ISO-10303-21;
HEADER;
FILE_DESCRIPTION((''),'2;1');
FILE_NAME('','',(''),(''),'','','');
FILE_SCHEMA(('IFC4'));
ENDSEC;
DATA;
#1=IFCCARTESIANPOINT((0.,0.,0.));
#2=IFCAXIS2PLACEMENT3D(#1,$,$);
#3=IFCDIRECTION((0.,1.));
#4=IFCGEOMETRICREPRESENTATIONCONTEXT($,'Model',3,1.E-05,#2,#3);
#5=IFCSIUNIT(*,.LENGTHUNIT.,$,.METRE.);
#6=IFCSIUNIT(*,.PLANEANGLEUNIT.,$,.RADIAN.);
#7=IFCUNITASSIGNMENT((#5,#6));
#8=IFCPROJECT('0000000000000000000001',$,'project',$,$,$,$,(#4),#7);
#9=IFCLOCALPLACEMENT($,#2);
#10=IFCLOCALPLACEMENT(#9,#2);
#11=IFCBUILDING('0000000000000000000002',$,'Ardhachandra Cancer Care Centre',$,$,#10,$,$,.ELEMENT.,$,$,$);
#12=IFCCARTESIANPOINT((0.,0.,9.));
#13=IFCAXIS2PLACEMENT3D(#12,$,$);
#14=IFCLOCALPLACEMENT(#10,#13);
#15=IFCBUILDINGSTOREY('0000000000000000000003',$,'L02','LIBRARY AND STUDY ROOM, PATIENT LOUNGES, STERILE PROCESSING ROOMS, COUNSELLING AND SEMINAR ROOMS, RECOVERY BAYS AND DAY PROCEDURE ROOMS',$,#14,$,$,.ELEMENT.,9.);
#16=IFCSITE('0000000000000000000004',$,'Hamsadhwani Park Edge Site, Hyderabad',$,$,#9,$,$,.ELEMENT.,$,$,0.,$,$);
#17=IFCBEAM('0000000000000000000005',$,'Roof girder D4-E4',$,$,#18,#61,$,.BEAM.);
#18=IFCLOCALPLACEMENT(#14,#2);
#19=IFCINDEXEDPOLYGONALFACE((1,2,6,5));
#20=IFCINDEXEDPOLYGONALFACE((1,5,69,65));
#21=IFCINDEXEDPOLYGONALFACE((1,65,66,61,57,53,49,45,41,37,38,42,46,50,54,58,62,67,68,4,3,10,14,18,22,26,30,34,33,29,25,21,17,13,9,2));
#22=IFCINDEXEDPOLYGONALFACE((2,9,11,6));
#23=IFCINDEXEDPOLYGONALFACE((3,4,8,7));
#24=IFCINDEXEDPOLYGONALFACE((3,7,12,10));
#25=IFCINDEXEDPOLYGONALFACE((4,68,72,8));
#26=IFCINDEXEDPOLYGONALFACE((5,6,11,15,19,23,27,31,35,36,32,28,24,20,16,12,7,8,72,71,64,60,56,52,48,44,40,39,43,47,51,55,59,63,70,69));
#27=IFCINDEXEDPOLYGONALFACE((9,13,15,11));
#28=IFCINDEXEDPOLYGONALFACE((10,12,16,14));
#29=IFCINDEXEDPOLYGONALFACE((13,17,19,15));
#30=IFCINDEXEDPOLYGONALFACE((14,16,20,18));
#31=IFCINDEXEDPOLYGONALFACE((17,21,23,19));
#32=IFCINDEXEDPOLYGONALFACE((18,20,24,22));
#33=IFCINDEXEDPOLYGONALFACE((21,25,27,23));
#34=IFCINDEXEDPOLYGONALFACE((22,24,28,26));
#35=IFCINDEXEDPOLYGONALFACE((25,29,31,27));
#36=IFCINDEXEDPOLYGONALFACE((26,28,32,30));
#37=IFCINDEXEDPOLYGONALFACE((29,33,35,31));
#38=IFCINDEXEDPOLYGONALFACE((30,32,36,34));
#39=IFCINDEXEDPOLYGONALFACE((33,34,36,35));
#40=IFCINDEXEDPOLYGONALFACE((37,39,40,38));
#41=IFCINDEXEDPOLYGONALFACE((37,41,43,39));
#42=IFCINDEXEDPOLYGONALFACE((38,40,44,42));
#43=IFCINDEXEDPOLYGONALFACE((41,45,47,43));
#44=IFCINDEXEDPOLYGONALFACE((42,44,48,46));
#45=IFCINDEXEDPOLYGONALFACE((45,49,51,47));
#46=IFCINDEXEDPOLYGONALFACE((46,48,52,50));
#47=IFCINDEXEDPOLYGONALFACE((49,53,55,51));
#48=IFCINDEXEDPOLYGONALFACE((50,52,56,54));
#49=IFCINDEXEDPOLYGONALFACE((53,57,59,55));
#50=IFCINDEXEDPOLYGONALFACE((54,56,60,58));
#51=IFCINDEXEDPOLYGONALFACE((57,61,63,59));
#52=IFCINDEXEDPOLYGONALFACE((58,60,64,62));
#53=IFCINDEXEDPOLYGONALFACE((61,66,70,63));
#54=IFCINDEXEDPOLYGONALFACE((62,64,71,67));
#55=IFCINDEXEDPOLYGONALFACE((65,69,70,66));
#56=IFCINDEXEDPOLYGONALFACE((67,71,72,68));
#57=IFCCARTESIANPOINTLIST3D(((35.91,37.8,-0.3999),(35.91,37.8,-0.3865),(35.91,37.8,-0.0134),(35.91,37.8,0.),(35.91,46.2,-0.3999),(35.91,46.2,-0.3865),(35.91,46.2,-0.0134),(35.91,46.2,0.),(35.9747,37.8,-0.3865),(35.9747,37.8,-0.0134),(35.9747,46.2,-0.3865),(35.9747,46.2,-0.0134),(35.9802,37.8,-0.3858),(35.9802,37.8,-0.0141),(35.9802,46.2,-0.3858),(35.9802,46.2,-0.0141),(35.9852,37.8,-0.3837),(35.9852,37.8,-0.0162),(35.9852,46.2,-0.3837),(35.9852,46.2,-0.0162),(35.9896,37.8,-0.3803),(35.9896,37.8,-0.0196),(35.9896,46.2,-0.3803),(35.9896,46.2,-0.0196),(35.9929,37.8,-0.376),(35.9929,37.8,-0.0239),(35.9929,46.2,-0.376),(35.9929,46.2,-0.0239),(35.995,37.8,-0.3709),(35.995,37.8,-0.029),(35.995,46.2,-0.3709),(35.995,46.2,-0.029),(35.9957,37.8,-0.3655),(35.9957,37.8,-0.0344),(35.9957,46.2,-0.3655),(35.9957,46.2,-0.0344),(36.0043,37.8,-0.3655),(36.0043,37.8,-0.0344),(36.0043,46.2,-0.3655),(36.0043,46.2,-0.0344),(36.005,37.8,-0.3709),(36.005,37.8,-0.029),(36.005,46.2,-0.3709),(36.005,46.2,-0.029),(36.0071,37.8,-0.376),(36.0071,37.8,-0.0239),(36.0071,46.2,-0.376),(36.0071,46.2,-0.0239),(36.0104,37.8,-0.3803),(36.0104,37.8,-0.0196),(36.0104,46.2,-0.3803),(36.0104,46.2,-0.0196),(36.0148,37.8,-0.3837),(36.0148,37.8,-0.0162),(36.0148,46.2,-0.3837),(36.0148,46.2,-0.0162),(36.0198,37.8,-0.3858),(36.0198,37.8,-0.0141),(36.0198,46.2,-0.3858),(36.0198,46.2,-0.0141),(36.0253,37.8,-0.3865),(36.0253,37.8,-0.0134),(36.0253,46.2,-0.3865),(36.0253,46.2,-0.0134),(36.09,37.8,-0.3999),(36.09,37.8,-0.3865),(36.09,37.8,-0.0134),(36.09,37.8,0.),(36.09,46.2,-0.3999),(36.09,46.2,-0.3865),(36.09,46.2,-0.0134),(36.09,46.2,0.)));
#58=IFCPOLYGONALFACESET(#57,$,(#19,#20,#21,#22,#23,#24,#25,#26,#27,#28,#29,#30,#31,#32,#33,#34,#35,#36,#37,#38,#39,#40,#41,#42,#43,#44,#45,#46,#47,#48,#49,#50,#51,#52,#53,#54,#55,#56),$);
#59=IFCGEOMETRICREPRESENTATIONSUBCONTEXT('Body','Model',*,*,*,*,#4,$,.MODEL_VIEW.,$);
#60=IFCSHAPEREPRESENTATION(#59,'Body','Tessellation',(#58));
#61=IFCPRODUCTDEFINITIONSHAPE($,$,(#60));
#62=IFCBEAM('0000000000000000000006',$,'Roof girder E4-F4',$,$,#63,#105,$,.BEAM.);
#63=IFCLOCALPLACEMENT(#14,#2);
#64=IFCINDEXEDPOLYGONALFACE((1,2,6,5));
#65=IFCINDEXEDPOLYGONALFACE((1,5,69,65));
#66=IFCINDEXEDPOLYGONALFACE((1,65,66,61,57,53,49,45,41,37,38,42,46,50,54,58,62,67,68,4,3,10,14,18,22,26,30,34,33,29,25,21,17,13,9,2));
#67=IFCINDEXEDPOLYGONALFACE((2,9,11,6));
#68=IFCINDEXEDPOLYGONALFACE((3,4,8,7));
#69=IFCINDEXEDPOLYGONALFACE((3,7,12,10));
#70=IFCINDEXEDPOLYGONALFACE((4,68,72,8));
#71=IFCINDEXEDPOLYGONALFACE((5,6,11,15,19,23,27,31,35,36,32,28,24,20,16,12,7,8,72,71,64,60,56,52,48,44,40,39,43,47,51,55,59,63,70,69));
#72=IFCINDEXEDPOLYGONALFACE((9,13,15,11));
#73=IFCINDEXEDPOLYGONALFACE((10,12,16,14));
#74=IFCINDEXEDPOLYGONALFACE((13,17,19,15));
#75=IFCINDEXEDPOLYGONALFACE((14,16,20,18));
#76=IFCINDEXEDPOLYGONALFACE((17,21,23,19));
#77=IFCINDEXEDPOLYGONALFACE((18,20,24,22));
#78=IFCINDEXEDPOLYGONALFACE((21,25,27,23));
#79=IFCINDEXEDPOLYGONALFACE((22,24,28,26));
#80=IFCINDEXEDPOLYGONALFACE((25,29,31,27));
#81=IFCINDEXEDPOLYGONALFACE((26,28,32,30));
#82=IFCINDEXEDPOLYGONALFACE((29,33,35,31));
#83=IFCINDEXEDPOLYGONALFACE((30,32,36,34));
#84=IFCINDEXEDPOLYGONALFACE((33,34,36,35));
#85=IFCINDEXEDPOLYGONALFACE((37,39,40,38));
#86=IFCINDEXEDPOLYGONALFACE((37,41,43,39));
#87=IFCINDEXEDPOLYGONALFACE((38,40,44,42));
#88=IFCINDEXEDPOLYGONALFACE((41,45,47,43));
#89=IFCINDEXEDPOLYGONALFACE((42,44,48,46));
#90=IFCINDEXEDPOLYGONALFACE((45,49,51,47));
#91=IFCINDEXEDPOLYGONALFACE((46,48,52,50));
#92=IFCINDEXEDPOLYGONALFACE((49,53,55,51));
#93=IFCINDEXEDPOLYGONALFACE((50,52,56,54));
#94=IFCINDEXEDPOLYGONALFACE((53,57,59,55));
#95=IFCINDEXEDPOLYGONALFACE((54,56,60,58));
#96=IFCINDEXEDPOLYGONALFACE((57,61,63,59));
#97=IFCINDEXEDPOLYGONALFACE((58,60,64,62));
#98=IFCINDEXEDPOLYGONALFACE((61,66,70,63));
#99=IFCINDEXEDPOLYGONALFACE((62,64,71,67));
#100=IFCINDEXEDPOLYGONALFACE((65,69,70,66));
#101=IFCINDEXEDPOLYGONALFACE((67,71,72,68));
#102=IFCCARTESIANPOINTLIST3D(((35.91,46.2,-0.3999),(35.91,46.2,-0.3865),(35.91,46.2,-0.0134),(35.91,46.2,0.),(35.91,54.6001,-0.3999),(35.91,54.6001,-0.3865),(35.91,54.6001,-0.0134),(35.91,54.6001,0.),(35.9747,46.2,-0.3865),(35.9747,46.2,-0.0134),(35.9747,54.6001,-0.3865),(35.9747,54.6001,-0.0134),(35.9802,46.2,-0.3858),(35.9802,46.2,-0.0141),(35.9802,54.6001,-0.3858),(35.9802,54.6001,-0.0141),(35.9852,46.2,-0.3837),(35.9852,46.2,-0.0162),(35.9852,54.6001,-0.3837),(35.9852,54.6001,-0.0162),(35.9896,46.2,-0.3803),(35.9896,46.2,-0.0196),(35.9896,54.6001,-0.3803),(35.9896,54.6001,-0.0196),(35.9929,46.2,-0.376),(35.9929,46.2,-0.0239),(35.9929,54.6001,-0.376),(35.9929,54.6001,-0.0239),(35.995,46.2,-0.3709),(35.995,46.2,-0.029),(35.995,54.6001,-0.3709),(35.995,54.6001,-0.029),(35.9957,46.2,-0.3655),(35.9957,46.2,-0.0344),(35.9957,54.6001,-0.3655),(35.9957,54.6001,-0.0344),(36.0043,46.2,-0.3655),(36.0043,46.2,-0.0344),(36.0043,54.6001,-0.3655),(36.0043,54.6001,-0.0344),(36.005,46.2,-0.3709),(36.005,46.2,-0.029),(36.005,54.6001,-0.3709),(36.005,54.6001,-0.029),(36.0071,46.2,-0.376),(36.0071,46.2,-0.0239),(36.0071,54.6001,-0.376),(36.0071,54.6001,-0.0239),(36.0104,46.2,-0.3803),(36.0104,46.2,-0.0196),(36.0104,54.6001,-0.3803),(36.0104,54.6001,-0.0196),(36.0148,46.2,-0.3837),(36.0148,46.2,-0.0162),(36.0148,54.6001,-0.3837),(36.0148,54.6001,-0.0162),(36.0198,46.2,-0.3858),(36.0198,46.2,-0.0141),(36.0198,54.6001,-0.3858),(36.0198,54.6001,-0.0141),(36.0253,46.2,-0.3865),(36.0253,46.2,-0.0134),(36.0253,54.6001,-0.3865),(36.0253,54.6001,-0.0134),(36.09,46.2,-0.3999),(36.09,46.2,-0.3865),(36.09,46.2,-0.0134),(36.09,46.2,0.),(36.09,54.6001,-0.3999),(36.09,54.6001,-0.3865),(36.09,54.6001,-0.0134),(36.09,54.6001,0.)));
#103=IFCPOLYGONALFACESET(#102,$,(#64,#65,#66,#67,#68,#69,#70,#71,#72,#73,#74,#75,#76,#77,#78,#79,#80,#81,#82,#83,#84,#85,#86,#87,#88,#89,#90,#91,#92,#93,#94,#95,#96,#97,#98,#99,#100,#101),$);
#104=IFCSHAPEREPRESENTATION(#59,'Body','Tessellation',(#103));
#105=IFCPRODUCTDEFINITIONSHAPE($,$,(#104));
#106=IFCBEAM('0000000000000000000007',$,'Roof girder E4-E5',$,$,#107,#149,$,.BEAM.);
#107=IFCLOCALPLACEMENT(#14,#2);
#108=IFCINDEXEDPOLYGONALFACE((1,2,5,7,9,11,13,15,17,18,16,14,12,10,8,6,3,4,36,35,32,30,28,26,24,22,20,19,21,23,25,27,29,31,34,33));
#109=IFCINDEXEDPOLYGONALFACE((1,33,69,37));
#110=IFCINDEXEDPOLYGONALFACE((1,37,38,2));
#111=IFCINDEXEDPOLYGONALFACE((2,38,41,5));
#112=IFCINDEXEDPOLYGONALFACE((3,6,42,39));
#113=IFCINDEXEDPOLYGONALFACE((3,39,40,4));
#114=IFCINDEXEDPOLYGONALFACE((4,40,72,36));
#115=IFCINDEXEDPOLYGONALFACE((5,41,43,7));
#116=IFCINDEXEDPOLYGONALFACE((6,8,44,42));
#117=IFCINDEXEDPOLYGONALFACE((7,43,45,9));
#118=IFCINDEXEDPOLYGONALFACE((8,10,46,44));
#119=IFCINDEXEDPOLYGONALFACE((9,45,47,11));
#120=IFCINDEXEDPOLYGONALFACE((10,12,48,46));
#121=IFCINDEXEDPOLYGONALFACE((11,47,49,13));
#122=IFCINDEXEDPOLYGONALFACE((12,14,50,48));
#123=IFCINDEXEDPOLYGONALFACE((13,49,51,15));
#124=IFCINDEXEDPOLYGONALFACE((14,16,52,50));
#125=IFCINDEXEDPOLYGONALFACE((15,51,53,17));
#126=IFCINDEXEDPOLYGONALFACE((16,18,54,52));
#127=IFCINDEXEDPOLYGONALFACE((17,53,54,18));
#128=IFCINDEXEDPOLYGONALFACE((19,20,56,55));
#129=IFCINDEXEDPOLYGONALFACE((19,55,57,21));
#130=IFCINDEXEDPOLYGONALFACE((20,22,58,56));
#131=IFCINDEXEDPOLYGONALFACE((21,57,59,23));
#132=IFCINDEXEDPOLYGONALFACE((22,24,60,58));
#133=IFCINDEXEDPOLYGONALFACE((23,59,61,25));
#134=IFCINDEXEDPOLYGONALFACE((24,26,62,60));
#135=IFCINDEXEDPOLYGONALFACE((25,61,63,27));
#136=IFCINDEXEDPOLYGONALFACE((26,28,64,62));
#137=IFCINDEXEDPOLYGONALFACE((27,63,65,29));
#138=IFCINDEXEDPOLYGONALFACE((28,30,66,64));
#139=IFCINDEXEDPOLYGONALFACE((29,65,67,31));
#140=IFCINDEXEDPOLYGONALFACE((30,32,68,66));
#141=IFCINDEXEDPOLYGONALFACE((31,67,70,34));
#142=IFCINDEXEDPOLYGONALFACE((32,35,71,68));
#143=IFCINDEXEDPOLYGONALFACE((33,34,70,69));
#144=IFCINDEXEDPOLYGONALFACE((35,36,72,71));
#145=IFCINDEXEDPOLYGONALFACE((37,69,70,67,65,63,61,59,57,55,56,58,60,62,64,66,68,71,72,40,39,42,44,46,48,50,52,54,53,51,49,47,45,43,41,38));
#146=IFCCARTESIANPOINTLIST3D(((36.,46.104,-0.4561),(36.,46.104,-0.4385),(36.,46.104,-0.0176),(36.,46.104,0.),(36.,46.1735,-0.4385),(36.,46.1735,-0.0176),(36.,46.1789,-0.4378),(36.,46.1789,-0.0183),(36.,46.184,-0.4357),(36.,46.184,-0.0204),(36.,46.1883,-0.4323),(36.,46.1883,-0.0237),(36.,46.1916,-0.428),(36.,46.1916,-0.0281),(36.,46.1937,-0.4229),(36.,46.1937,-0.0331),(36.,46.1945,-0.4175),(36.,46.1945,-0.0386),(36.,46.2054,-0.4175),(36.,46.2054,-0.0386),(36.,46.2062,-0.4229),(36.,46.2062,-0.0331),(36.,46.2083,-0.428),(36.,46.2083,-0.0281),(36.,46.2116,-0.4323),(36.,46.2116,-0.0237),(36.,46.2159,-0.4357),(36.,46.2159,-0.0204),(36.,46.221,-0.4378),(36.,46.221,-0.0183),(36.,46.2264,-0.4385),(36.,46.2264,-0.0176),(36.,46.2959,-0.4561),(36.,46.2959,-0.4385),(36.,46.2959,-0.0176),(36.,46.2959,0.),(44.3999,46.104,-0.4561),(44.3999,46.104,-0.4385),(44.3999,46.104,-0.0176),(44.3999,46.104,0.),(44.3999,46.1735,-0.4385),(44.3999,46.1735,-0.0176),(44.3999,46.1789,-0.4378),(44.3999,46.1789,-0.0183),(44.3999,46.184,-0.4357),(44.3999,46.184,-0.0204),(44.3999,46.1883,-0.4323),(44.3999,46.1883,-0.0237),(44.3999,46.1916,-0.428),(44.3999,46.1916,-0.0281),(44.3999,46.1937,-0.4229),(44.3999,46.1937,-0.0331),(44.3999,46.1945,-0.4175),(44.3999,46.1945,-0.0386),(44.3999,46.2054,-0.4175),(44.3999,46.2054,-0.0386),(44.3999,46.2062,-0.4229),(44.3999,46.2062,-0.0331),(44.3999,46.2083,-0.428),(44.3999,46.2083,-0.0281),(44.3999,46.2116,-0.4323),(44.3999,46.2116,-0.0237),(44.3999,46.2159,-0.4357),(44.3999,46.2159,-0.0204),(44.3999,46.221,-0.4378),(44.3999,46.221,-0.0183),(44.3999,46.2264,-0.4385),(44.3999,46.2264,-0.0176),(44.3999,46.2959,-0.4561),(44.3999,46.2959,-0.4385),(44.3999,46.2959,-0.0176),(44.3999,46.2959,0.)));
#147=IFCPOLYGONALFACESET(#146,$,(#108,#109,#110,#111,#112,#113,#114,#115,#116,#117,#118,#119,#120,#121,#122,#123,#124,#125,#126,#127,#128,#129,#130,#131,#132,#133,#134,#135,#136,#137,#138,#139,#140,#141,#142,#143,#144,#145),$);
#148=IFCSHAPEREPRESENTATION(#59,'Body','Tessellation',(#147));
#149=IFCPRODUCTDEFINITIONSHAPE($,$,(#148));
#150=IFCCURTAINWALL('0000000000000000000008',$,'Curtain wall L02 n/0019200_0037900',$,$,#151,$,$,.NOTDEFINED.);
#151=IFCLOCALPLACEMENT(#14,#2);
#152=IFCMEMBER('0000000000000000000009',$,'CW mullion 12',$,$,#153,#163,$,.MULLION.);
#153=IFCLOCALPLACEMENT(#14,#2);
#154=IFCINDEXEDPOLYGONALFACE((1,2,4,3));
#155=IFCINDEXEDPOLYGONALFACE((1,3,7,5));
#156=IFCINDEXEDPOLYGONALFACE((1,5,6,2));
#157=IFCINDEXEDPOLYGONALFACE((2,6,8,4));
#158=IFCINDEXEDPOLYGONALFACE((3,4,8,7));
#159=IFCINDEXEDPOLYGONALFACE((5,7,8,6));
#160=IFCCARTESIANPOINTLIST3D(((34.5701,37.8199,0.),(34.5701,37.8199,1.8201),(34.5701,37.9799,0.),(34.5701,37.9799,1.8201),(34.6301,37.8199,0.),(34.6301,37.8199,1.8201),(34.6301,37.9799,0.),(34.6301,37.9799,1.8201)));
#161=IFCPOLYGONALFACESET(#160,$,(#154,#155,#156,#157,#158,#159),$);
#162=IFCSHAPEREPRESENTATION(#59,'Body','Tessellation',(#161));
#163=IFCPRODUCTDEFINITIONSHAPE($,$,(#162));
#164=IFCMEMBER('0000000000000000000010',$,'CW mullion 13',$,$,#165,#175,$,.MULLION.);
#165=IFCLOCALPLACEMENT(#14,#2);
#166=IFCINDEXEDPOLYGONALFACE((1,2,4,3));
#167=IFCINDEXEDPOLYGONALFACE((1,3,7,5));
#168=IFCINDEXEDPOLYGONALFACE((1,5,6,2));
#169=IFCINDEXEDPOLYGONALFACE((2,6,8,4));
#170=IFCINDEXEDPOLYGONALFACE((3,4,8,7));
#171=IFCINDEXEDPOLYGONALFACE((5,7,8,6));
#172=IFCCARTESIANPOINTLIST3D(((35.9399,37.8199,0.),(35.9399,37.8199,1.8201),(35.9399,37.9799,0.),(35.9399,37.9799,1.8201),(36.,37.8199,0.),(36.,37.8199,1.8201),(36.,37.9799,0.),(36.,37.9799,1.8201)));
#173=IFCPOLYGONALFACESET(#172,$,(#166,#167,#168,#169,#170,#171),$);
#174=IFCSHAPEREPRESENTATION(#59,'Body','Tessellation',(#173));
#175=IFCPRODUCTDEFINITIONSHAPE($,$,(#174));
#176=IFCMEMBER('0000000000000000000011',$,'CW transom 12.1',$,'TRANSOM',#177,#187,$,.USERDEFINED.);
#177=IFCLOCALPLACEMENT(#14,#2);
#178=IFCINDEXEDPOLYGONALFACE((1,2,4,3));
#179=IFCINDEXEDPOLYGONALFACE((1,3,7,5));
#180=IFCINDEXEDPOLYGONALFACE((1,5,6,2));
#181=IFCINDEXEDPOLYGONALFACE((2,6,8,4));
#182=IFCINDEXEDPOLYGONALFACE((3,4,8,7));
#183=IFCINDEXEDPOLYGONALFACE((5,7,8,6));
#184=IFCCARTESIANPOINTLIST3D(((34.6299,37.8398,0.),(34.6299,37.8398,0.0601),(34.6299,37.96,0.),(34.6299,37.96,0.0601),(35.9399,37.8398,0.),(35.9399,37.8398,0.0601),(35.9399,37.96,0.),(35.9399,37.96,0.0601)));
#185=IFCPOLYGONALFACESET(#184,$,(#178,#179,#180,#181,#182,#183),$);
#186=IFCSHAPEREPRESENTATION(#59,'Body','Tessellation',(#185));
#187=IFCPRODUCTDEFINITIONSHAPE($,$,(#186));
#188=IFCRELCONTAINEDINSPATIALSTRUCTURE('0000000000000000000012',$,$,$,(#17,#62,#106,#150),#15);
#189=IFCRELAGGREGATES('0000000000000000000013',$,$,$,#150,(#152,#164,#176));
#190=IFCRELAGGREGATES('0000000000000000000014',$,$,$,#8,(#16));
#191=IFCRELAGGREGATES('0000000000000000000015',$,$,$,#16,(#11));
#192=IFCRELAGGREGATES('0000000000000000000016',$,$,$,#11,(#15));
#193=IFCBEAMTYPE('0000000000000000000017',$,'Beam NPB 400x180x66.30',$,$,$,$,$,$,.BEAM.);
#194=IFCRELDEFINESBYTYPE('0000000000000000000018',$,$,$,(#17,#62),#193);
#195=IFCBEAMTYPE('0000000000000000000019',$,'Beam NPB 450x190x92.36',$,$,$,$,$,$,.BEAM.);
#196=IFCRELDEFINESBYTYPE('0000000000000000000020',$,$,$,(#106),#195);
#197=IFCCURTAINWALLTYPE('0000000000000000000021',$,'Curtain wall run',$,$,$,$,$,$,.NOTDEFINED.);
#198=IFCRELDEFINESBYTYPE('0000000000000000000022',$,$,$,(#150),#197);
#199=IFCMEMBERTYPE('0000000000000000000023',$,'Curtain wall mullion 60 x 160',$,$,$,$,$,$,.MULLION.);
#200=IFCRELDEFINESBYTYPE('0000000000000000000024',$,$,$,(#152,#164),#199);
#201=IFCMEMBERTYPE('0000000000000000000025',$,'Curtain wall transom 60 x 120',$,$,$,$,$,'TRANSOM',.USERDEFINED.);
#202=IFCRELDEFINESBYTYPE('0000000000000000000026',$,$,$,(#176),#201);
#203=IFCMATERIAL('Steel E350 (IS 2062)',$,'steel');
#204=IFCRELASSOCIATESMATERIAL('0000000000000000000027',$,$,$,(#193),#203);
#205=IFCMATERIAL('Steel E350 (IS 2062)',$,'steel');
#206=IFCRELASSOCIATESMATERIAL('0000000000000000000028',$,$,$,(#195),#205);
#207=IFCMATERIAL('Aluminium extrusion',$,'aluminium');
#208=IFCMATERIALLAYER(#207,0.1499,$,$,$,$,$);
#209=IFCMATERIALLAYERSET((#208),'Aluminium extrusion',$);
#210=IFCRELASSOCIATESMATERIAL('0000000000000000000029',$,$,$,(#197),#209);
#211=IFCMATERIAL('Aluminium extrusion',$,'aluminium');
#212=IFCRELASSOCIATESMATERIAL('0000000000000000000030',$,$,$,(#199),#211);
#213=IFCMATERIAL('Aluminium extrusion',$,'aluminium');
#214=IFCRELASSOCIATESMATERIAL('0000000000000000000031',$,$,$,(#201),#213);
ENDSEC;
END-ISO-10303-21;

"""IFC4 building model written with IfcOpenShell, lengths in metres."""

from ifc_helpers import new_model, si_unit, direction, frame, origin, origin_2d, place, context, subcontext, project, spatial, rectangle, i_section, extrude, material, layer, layer_set, material_profile, profile_set, type_object, element, aggregate, save


model = new_model("IFC4")

# Units and contexts
model_context = context("Model", 3, precision=1e-05, world=origin(), true_north=direction((0.0, 1.0)))
body_context = subcontext(model_context, "Body", "Model", "MODEL_VIEW")
ifc_project = project(units=[si_unit("LENGTHUNIT", "METRE"), si_unit("PLANEANGLEUNIT", "RADIAN")], contexts=[model_context])

# Site, building, storey
site_placement = place(None, origin())
site = spatial("IfcSite", under=ifc_project, at=site_placement, Name="Hamsadhwani Park Edge Site, Hyderabad", CompositionType="ELEMENT", RefElevation=0.0)
building_placement = place(site_placement, origin())
building = spatial("IfcBuilding", under=site, at=building_placement, Name="Ardhachandra Cancer Care Centre", CompositionType="ELEMENT")
storey_placement = place(building_placement, frame((0.0, 0.0, 9.0)))
storey = spatial("IfcBuildingStorey", under=building, at=storey_placement, Name="L02", Description="LIBRARY AND STUDY ROOM, PATIENT LOUNGES, STERILE PROCESSING ROOMS, COUNSELLING AND SEMINAR ROOMS, RECOVERY BAYS AND DAY PROCEDURE ROOMS", CompositionType="ELEMENT", Elevation=9.0)

# Beams
ifc_material_1 = material(Name="Steel E350 (IS 2062)", Category="steel")
ifc_material_profile_1 = material_profile(ifc_material_1, i_section(OverallWidth=0.1799, OverallDepth=0.3999, WebThickness=0.0085, FlangeThickness=0.0134, FilletRadius=0.021, at=origin_2d()), Name="NPB 400x180x66.30")
ifc_profile_set_1 = profile_set([ifc_material_profile_1], Name="Steel E350 (IS 2062)")
beam_type_1 = type_object("IfcBeamType", Name="Beam NPB 400x180x66.30", PredefinedType="BEAM", material=ifc_profile_set_1)
beam_1_placement = place(storey_placement, frame((36.0, 37.8, -0.2), z_axis=(0.0, 1.0, 0.0), x_axis=(-1.0, 0.0, 0.0)))
element("IfcBeam", 1, at=beam_1_placement, inside=storey, type_object=beam_type_1, Name="Roof girder D4-E4", PredefinedType="BEAM", context=body_context, shape_type="SweptSolid", body=[
    extrude(i_section(OverallWidth=0.1799, OverallDepth=0.3999, WebThickness=0.0085, FlangeThickness=0.0134, FilletRadius=0.021, at=origin_2d()), origin(), (0.0, 0.0, 1.0), 8.3999),
])
beam_2_placement = place(storey_placement, frame((36.0, 46.2, -0.2), z_axis=(0.0, 1.0, 0.0), x_axis=(-1.0, 0.0, 0.0)))
element("IfcBeam", 2, at=beam_2_placement, inside=storey, type_object=beam_type_1, Name="Roof girder E4-F4", PredefinedType="BEAM", context=body_context, shape_type="SweptSolid", body=[
    extrude(i_section(OverallWidth=0.1799, OverallDepth=0.3999, WebThickness=0.0085, FlangeThickness=0.0134, FilletRadius=0.021, at=origin_2d()), origin(), (0.0, 0.0, 1.0), 8.4001),
])
ifc_material_2 = material(Name="Steel E350 (IS 2062)", Category="steel")
ifc_material_profile_2 = material_profile(ifc_material_2, i_section(OverallWidth=0.1919, OverallDepth=0.4561, WebThickness=0.011, FlangeThickness=0.0176, FilletRadius=0.021, at=origin_2d()), Name="NPB 450x190x92.36")
ifc_profile_set_2 = profile_set([ifc_material_profile_2], Name="Steel E350 (IS 2062)")
beam_type_2 = type_object("IfcBeamType", Name="Beam NPB 450x190x92.36", PredefinedType="BEAM", material=ifc_profile_set_2)
beam_3_placement = place(storey_placement, frame((36.0, 46.2, -0.228), z_axis=(1.0, 0.0, 0.0), x_axis=(0.0, 1.0, 0.0)))
element("IfcBeam", 3, at=beam_3_placement, inside=storey, type_object=beam_type_2, Name="Roof girder E4-E5", PredefinedType="BEAM", context=body_context, shape_type="SweptSolid", body=[
    extrude(i_section(OverallWidth=0.1919, OverallDepth=0.4561, WebThickness=0.011, FlangeThickness=0.0176, FilletRadius=0.021, at=origin_2d()), origin(), (0.0, 0.0, 1.0), 8.3999),
])

# Curtain wall, members
ifc_material_3 = material(Name="Aluminium extrusion", Category="aluminium")
ifc_layer_1 = layer(ifc_material_3, 0.1499)
ifc_layer_set_1 = layer_set([ifc_layer_1], Name="Aluminium extrusion")
curtain_wall_type = type_object("IfcCurtainWallType", Name="Curtain wall run", PredefinedType="NOTDEFINED", material=ifc_layer_set_1)
curtain_wall_1_placement = place(storey_placement, origin())
curtain_wall_1 = element("IfcCurtainWall", 4, at=curtain_wall_1_placement, inside=storey, type_object=curtain_wall_type, Name="Curtain wall L02 n/0019200_0037900", PredefinedType="NOTDEFINED")
ifc_material_4 = material(Name="Aluminium extrusion", Category="aluminium")
ifc_material_profile_3 = material_profile(ifc_material_4, rectangle(XDim=0.1599, YDim=0.0601, at=origin_2d()), Name="Curtain wall mullion 60 x 160")
ifc_profile_set_3 = profile_set([ifc_material_profile_3], Name="Aluminium extrusion")
member_type_1 = type_object("IfcMemberType", Name="Curtain wall mullion 60 x 160", PredefinedType="MULLION", material=ifc_profile_set_3)
member_1_placement = place(storey_placement, frame((34.6001, 37.8999, 0.0), z_axis=(0.0, 0.0, 1.0), x_axis=(0.0, 1.0, 0.0)))
member_1 = element("IfcMember", 5, at=member_1_placement, type_object=member_type_1, Name="CW mullion 12", PredefinedType="MULLION", context=body_context, shape_type="SweptSolid", body=[
    extrude(rectangle(XDim=0.1599, YDim=0.0601, at=origin_2d()), origin(), (0.0, 0.0, 1.0), 1.8201),
])
member_2_placement = place(storey_placement, frame((35.97, 37.8999, 0.0), z_axis=(0.0, 0.0, 1.0), x_axis=(0.0, 1.0, 0.0)))
member_2 = element("IfcMember", 6, at=member_2_placement, type_object=member_type_1, Name="CW mullion 13", PredefinedType="MULLION", context=body_context, shape_type="SweptSolid", body=[
    extrude(rectangle(XDim=0.1599, YDim=0.0601, at=origin_2d()), origin(), (0.0, 0.0, 1.0), 1.8201),
])
ifc_material_5 = material(Name="Aluminium extrusion", Category="aluminium")
ifc_material_profile_4 = material_profile(ifc_material_5, rectangle(XDim=0.1201, YDim=0.0601, at=origin_2d()), Name="Curtain wall transom 60 x 120")
ifc_profile_set_4 = profile_set([ifc_material_profile_4], Name="Aluminium extrusion")
member_type_2 = type_object("IfcMemberType", Name="Curtain wall transom 60 x 120", ElementType="TRANSOM", PredefinedType="USERDEFINED", material=ifc_profile_set_4)
member_3_placement = place(storey_placement, frame((34.6299, 37.8999, 0.03), z_axis=(1.0, 0.0, 0.0), x_axis=(0.0, 1.0, 0.0)))
member_3 = element("IfcMember", 7, at=member_3_placement, type_object=member_type_2, Name="CW transom 12.1", ObjectType="TRANSOM", PredefinedType="USERDEFINED", context=body_context, shape_type="SweptSolid", body=[
    extrude(rectangle(XDim=0.1201, YDim=0.0601, at=origin_2d()), origin(), (0.0, 0.0, 1.0), 1.3101),
])

aggregate(curtain_wall_1, [member_1, member_2, member_3])

save(model, "model.ifc")
